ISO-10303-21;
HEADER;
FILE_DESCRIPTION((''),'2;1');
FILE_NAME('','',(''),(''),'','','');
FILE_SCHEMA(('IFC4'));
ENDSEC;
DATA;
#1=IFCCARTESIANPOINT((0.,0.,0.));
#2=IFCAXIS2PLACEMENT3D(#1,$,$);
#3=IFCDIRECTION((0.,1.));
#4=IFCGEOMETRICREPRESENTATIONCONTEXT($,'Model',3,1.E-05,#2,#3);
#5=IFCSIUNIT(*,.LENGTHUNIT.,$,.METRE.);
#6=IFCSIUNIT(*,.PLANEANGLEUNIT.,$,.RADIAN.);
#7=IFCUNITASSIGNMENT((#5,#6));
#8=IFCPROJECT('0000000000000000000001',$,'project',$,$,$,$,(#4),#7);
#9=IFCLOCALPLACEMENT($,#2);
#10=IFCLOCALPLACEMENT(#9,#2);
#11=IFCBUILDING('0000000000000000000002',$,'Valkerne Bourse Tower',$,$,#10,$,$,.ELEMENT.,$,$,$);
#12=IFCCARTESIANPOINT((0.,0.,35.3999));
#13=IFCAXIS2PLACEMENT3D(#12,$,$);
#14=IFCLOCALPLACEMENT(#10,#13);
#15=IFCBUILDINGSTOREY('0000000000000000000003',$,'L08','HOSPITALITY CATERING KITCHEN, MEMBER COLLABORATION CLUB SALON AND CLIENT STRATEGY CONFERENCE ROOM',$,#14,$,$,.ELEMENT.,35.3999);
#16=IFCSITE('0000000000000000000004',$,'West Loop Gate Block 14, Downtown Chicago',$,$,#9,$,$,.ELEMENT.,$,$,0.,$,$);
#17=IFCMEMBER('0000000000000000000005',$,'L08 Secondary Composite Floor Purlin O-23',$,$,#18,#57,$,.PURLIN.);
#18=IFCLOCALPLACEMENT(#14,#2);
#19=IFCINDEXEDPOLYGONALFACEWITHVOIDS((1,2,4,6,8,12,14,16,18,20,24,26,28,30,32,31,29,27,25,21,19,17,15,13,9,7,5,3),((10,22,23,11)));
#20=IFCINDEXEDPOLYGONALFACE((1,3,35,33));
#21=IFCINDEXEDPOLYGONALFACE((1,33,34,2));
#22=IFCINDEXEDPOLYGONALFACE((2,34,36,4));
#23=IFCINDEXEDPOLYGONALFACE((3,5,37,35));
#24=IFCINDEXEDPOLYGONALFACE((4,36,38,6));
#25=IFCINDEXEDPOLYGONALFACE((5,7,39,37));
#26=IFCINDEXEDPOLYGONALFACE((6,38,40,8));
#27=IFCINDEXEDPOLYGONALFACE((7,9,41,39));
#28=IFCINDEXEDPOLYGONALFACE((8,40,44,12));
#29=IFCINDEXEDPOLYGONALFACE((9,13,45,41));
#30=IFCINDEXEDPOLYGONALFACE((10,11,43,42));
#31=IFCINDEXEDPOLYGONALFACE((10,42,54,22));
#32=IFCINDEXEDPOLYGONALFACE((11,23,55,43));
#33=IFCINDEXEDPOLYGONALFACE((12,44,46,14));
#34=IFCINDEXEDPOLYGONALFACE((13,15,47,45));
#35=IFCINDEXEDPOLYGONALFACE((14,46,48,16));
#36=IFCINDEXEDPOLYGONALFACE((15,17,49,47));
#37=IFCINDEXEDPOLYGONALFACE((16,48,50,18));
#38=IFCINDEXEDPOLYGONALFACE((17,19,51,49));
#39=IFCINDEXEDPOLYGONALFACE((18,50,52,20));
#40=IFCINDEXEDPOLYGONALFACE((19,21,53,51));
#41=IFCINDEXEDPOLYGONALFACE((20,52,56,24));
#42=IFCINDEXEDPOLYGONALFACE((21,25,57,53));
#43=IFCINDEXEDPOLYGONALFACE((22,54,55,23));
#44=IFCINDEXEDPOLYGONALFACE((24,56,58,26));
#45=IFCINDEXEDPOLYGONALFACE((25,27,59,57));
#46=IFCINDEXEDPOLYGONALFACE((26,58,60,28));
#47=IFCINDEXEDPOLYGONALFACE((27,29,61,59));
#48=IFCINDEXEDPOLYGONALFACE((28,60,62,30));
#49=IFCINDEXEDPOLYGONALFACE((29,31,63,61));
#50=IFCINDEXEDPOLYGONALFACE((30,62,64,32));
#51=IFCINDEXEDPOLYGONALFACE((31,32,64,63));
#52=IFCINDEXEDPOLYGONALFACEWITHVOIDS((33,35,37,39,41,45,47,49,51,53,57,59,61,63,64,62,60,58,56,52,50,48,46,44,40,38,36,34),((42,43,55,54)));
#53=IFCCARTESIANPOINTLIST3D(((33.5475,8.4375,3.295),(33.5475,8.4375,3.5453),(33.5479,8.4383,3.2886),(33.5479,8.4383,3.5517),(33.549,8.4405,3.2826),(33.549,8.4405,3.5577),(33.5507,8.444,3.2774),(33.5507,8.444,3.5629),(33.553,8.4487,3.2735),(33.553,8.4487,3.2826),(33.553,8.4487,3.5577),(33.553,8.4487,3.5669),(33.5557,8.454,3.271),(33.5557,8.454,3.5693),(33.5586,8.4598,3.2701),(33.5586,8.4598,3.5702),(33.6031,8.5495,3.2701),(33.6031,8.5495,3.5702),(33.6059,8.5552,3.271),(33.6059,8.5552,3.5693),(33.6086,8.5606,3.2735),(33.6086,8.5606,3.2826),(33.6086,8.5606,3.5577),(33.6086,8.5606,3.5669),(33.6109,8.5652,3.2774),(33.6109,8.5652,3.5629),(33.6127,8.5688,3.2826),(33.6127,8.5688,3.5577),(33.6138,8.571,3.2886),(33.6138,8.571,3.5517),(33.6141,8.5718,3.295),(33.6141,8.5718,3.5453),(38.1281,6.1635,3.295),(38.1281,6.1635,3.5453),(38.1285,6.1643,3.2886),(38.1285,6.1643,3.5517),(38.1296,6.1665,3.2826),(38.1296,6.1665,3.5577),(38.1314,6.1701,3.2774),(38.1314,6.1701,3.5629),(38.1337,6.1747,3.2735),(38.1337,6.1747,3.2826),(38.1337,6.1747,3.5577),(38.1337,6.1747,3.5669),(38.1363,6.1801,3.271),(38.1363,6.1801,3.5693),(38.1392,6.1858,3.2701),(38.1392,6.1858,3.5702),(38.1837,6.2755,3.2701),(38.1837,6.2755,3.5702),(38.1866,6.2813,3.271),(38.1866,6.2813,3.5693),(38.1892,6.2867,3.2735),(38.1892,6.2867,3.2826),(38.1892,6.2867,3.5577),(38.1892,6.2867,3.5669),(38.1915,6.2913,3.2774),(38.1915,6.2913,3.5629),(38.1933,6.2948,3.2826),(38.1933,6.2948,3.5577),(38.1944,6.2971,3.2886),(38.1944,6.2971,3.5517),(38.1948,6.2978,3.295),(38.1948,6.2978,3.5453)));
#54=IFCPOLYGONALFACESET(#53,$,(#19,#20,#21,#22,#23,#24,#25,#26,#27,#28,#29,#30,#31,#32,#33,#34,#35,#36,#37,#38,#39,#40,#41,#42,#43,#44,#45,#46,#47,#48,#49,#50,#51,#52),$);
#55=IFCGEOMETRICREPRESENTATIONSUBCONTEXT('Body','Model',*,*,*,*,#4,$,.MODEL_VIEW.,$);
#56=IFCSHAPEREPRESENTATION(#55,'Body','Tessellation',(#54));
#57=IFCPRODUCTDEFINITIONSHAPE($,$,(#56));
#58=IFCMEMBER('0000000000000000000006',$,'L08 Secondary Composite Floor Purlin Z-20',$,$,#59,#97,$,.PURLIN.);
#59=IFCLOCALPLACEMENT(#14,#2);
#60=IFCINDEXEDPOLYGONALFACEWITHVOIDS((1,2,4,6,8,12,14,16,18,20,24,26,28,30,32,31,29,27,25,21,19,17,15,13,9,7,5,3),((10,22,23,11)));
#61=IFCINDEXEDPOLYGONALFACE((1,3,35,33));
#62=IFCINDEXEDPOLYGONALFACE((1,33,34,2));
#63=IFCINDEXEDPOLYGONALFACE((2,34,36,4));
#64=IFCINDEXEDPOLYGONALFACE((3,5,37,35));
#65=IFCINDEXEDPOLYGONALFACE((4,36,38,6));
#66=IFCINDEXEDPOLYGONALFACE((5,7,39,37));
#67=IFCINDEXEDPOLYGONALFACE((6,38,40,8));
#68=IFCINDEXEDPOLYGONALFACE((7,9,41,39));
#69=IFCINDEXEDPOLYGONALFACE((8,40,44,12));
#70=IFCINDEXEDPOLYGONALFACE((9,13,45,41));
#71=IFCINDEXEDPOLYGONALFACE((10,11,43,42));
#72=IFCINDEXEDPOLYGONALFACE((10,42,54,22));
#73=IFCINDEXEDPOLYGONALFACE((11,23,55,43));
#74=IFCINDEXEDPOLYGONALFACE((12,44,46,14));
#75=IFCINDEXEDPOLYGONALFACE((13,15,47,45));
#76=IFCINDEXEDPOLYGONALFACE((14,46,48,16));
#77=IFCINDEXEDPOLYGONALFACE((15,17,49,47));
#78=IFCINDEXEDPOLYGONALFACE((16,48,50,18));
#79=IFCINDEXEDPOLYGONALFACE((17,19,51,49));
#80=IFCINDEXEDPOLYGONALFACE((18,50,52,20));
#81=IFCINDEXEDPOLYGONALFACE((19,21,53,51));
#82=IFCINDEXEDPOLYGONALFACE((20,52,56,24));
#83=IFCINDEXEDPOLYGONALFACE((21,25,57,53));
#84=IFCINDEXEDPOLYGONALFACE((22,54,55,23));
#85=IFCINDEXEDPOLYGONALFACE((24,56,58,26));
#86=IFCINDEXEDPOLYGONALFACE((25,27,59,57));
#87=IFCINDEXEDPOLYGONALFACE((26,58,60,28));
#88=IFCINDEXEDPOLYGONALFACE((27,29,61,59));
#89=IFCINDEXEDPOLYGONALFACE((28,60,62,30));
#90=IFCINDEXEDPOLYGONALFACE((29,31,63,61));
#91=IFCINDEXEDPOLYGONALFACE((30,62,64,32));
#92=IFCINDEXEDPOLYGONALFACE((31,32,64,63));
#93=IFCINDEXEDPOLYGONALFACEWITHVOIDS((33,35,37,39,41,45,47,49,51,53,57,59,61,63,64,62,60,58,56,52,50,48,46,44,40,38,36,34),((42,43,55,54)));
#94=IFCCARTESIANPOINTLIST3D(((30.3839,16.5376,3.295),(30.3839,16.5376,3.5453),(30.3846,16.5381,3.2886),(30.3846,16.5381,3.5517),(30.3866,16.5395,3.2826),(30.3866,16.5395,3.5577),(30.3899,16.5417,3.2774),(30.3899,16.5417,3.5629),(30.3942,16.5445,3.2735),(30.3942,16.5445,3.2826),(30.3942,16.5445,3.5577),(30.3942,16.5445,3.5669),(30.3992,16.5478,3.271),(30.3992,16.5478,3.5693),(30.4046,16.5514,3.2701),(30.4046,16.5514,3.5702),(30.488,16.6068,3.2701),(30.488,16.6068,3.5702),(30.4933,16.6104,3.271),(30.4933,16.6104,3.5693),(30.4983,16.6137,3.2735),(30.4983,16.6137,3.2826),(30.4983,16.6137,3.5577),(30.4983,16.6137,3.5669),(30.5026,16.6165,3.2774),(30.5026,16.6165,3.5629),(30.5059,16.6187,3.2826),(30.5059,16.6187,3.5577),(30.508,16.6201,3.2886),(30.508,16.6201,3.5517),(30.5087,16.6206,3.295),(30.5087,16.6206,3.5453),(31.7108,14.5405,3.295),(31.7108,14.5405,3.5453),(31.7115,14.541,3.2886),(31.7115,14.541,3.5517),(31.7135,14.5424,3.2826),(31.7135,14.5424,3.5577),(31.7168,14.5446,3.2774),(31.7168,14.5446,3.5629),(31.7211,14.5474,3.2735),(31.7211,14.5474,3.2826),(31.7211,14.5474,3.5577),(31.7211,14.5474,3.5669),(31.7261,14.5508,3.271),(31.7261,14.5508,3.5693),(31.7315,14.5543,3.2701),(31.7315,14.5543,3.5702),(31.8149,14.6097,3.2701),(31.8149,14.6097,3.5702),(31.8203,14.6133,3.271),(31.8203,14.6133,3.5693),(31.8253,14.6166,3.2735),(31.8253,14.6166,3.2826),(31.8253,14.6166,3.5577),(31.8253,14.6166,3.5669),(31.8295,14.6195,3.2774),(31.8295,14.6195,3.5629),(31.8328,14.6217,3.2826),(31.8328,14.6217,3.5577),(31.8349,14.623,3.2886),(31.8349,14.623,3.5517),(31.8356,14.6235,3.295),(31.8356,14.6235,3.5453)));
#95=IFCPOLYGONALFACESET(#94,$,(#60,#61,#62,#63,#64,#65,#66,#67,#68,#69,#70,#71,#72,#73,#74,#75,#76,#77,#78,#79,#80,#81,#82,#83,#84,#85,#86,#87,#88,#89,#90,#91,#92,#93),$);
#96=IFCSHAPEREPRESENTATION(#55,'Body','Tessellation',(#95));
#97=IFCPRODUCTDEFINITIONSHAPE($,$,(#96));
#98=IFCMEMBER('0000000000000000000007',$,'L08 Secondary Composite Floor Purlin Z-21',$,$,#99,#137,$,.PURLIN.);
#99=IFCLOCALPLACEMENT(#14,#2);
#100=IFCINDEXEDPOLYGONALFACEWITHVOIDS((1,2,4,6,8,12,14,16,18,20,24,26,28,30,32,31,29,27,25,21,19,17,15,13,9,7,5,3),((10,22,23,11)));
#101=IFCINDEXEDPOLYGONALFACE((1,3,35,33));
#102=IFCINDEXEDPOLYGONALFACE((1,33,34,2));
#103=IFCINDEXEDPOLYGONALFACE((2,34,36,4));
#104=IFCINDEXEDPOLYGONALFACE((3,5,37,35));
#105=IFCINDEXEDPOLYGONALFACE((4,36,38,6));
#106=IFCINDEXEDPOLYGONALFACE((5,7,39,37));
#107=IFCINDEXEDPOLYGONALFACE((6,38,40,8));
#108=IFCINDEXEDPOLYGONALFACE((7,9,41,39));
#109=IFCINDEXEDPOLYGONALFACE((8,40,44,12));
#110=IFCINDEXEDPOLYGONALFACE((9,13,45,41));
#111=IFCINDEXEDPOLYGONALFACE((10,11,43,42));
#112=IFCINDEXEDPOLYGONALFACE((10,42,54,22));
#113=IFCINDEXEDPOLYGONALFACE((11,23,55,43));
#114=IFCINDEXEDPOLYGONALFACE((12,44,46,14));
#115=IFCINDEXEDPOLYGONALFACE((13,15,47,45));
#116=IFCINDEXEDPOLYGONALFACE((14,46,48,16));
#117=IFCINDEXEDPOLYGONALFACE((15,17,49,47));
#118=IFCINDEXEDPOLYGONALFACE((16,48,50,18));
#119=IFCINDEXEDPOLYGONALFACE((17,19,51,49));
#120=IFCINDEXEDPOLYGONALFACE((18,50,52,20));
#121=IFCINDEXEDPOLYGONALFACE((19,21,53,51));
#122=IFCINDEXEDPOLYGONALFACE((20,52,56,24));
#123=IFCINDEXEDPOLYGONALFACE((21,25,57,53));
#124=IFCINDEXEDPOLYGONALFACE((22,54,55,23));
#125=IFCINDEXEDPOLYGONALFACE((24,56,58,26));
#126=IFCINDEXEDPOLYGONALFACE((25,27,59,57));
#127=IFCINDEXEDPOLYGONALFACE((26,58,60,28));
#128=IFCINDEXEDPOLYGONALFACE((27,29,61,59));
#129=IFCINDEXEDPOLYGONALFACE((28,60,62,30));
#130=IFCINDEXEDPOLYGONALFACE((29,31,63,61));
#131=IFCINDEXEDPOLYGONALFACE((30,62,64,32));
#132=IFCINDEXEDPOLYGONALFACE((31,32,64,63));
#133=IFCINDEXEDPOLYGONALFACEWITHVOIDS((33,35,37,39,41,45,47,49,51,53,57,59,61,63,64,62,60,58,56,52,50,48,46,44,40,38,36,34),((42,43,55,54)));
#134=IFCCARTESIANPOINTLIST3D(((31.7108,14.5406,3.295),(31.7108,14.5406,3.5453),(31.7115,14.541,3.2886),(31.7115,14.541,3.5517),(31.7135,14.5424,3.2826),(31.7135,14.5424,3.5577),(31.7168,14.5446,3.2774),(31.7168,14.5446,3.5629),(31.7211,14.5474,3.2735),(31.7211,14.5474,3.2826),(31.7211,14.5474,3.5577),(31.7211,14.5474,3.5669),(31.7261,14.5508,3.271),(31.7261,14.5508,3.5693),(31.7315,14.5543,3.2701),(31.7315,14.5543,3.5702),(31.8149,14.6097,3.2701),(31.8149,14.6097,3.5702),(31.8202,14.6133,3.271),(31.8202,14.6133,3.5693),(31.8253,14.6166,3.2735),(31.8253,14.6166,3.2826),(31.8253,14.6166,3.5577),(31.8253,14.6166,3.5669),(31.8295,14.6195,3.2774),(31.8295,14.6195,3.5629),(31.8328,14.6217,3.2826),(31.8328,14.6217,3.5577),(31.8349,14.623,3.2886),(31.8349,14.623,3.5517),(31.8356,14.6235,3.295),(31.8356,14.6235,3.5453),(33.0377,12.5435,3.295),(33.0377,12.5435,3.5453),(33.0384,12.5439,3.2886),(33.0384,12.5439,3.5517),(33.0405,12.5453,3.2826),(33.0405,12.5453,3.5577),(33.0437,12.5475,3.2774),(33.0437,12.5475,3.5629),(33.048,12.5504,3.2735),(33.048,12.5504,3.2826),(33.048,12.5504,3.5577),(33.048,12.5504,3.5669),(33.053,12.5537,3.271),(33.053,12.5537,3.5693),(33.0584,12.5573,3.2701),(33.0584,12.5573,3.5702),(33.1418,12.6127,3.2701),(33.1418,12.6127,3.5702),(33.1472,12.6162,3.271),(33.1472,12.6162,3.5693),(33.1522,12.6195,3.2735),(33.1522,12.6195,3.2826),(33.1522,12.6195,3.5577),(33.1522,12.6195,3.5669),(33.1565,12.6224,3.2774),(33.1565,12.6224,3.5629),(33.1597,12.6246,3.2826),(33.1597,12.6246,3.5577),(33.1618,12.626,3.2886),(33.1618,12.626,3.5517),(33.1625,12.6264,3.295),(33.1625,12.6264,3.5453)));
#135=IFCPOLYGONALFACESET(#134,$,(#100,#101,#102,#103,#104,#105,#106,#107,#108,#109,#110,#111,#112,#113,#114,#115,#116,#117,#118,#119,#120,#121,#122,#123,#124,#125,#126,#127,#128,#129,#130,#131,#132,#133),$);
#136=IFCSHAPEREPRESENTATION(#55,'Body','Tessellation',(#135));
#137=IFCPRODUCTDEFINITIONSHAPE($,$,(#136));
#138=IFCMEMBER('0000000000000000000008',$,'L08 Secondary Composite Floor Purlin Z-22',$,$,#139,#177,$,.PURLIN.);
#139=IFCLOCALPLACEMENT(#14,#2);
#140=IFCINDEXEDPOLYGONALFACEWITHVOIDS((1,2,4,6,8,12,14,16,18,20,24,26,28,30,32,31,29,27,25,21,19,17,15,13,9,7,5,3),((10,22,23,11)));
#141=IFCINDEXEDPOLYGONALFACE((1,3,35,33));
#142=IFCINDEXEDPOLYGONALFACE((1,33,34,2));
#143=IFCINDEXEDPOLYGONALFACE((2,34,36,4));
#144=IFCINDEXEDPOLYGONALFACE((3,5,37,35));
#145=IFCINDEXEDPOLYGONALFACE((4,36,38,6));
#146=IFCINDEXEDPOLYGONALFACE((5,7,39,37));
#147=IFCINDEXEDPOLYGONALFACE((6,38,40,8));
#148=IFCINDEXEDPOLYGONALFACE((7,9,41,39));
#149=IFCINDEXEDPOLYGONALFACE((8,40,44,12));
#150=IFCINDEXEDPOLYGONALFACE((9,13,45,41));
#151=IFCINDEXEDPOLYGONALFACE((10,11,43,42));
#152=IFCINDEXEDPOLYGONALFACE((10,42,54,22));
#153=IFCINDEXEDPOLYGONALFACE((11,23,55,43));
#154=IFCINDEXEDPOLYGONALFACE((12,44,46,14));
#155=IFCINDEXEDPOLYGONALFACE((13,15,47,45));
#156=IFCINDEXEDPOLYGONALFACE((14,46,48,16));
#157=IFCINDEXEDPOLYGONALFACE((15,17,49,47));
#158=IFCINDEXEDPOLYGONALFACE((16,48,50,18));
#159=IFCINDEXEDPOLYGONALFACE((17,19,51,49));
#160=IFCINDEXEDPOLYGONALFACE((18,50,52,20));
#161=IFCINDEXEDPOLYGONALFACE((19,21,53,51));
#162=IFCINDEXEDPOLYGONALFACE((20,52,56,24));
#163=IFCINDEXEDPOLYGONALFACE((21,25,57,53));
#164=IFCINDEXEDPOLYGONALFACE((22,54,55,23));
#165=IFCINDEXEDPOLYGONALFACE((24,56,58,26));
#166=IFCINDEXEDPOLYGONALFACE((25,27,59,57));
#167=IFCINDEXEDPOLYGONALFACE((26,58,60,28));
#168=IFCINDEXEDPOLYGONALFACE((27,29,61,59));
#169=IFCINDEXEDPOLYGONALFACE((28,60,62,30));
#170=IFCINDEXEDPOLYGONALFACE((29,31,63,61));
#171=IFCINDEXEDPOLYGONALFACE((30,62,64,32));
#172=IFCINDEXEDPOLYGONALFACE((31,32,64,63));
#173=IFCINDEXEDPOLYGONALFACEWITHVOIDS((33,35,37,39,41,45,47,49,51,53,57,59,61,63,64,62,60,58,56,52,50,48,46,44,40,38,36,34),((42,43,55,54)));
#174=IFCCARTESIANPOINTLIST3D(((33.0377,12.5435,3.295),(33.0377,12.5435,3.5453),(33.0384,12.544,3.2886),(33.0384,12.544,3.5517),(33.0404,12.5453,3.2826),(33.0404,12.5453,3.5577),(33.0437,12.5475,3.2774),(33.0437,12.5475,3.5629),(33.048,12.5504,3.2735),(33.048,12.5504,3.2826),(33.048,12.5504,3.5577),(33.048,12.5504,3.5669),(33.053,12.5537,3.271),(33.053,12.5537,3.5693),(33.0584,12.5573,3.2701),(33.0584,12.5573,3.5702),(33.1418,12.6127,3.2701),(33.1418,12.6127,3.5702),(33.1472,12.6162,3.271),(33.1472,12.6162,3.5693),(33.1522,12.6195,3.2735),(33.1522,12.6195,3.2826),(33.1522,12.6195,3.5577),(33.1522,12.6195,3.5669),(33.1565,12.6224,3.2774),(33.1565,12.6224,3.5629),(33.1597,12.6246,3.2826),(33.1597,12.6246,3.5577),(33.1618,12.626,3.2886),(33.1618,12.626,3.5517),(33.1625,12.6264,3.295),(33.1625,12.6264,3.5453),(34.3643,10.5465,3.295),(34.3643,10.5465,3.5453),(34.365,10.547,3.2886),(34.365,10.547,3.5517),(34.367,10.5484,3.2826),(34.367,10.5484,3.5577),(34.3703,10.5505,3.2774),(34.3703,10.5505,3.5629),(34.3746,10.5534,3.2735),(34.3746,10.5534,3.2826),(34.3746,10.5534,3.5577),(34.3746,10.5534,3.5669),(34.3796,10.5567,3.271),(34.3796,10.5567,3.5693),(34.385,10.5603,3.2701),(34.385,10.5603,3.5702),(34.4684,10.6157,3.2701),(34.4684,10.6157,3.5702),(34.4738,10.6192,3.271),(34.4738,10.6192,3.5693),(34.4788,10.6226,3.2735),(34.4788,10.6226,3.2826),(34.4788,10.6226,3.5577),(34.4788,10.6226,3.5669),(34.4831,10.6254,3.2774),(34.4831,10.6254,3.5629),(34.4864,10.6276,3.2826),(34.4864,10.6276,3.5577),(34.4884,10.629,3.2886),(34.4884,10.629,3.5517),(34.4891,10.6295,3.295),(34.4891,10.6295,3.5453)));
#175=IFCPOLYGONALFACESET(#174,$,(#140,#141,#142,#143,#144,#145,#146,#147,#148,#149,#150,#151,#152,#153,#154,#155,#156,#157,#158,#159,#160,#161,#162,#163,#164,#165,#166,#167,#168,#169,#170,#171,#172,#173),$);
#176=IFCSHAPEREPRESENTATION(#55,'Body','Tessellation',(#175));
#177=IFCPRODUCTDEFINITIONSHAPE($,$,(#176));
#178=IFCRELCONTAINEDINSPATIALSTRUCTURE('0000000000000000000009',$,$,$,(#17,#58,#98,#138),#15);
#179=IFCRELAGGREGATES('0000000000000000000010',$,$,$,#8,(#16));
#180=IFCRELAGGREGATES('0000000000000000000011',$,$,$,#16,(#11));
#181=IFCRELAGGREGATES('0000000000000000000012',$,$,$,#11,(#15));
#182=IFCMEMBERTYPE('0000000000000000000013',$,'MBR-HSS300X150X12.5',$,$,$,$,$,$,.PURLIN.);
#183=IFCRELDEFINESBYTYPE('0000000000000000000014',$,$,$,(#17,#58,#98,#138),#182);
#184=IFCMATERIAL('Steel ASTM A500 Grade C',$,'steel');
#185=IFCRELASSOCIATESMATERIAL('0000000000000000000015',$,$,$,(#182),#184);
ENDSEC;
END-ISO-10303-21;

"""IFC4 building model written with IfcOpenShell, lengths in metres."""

from ifc_helpers import new_model, si_unit, direction, frame, origin, origin_2d, place, context, subcontext, project, spatial, hollow_rectangle, extrude, material, material_profile, profile_set, type_object, element, save


model = new_model("IFC4")

# Units and contexts
model_context = context("Model", 3, precision=1e-05, world=origin(), true_north=direction((0.0, 1.0)))
body_context = subcontext(model_context, "Body", "Model", "MODEL_VIEW")
ifc_project = project(units=[si_unit("LENGTHUNIT", "METRE"), si_unit("PLANEANGLEUNIT", "RADIAN")], contexts=[model_context])

# Site, building, storey
site_placement = place(None, origin())
site = spatial("IfcSite", under=ifc_project, at=site_placement, Name="West Loop Gate Block 14, Downtown Chicago", CompositionType="ELEMENT", RefElevation=0.0)
building_placement = place(site_placement, origin())
building = spatial("IfcBuilding", under=site, at=building_placement, Name="Valkerne Bourse Tower", CompositionType="ELEMENT")
storey_placement = place(building_placement, frame((0.0, 0.0, 35.3999)))
storey = spatial("IfcBuildingStorey", under=building, at=storey_placement, Name="L08", Description="HOSPITALITY CATERING KITCHEN, MEMBER COLLABORATION CLUB SALON AND CLIENT STRATEGY CONFERENCE ROOM", CompositionType="ELEMENT", Elevation=35.3999)

# Members
ifc_material_1 = material(Name="Steel ASTM A500 Grade C", Category="steel")
ifc_material_profile_1 = material_profile(ifc_material_1, hollow_rectangle(XDim=0.1499, YDim=0.3, WallThickness=0.0125, OuterFilletRadius=0.0249, at=origin_2d()), Name="HSS300X150X12.5")
ifc_profile_set_1 = profile_set([ifc_material_profile_1], Name="Steel ASTM A500 Grade C")
member_type_1 = type_object("IfcMemberType", Name="MBR-HSS300X150X12.5", PredefinedType="PURLIN", material=ifc_profile_set_1)
member_1_placement = place(storey_placement, frame((33.5808, 8.5046, 3.4202), z_axis=(0.895703, -0.444653, 0.0), x_axis=(0.444653, 0.895703, 0.0)))
element("IfcMember", 1, at=member_1_placement, inside=storey, type_object=member_type_1, Name="L08 Secondary Composite Floor Purlin O-23", PredefinedType="PURLIN", context=body_context, shape_type="SweptSolid", body=[
    extrude(hollow_rectangle(XDim=0.1499, YDim=0.3, WallThickness=0.0125, OuterFilletRadius=0.0249, at=origin_2d()), origin(), (0.0, 0.0, 1.0), 5.114),
])
for number, where, z_axis, x_axis, name in (
    (2, (30.4463, 16.5791, 3.4202), (0.553407, -0.832911, 0.0), (0.832911, 0.553407, 0.0), "L08 Secondary Composite Floor Purlin Z-20"),
    (3, (31.7732, 14.582, 3.4202), (0.553407, -0.832911, 0.0), (0.832911, 0.553407, 0.0), "L08 Secondary Composite Floor Purlin Z-21"),
):
    element("IfcMember", number, at=place(storey_placement, frame(where, z_axis=z_axis, x_axis=x_axis)), inside=storey, type_object=member_type_1, Name=name, PredefinedType="PURLIN", context=body_context, shape_type="SweptSolid", body=[
        extrude(hollow_rectangle(XDim=0.1499, YDim=0.3, WallThickness=0.0125, OuterFilletRadius=0.0249, at=origin_2d()), origin(), (0.0, 0.0, 1.0), 2.3977),
    ])
member_2_placement = place(storey_placement, frame((33.1001, 12.585, 3.4202), z_axis=(0.553337, -0.832958, 0.0), x_axis=(0.832958, 0.553337, 0.0)))
element("IfcMember", 4, at=member_2_placement, inside=storey, type_object=member_type_1, Name="L08 Secondary Composite Floor Purlin Z-22", PredefinedType="PURLIN", context=body_context, shape_type="SweptSolid", body=[
    extrude(hollow_rectangle(XDim=0.1499, YDim=0.3, WallThickness=0.0125, OuterFilletRadius=0.0249, at=origin_2d()), origin(), (0.0, 0.0, 1.0), 2.3975),
])

save(model, "model.ifc")
